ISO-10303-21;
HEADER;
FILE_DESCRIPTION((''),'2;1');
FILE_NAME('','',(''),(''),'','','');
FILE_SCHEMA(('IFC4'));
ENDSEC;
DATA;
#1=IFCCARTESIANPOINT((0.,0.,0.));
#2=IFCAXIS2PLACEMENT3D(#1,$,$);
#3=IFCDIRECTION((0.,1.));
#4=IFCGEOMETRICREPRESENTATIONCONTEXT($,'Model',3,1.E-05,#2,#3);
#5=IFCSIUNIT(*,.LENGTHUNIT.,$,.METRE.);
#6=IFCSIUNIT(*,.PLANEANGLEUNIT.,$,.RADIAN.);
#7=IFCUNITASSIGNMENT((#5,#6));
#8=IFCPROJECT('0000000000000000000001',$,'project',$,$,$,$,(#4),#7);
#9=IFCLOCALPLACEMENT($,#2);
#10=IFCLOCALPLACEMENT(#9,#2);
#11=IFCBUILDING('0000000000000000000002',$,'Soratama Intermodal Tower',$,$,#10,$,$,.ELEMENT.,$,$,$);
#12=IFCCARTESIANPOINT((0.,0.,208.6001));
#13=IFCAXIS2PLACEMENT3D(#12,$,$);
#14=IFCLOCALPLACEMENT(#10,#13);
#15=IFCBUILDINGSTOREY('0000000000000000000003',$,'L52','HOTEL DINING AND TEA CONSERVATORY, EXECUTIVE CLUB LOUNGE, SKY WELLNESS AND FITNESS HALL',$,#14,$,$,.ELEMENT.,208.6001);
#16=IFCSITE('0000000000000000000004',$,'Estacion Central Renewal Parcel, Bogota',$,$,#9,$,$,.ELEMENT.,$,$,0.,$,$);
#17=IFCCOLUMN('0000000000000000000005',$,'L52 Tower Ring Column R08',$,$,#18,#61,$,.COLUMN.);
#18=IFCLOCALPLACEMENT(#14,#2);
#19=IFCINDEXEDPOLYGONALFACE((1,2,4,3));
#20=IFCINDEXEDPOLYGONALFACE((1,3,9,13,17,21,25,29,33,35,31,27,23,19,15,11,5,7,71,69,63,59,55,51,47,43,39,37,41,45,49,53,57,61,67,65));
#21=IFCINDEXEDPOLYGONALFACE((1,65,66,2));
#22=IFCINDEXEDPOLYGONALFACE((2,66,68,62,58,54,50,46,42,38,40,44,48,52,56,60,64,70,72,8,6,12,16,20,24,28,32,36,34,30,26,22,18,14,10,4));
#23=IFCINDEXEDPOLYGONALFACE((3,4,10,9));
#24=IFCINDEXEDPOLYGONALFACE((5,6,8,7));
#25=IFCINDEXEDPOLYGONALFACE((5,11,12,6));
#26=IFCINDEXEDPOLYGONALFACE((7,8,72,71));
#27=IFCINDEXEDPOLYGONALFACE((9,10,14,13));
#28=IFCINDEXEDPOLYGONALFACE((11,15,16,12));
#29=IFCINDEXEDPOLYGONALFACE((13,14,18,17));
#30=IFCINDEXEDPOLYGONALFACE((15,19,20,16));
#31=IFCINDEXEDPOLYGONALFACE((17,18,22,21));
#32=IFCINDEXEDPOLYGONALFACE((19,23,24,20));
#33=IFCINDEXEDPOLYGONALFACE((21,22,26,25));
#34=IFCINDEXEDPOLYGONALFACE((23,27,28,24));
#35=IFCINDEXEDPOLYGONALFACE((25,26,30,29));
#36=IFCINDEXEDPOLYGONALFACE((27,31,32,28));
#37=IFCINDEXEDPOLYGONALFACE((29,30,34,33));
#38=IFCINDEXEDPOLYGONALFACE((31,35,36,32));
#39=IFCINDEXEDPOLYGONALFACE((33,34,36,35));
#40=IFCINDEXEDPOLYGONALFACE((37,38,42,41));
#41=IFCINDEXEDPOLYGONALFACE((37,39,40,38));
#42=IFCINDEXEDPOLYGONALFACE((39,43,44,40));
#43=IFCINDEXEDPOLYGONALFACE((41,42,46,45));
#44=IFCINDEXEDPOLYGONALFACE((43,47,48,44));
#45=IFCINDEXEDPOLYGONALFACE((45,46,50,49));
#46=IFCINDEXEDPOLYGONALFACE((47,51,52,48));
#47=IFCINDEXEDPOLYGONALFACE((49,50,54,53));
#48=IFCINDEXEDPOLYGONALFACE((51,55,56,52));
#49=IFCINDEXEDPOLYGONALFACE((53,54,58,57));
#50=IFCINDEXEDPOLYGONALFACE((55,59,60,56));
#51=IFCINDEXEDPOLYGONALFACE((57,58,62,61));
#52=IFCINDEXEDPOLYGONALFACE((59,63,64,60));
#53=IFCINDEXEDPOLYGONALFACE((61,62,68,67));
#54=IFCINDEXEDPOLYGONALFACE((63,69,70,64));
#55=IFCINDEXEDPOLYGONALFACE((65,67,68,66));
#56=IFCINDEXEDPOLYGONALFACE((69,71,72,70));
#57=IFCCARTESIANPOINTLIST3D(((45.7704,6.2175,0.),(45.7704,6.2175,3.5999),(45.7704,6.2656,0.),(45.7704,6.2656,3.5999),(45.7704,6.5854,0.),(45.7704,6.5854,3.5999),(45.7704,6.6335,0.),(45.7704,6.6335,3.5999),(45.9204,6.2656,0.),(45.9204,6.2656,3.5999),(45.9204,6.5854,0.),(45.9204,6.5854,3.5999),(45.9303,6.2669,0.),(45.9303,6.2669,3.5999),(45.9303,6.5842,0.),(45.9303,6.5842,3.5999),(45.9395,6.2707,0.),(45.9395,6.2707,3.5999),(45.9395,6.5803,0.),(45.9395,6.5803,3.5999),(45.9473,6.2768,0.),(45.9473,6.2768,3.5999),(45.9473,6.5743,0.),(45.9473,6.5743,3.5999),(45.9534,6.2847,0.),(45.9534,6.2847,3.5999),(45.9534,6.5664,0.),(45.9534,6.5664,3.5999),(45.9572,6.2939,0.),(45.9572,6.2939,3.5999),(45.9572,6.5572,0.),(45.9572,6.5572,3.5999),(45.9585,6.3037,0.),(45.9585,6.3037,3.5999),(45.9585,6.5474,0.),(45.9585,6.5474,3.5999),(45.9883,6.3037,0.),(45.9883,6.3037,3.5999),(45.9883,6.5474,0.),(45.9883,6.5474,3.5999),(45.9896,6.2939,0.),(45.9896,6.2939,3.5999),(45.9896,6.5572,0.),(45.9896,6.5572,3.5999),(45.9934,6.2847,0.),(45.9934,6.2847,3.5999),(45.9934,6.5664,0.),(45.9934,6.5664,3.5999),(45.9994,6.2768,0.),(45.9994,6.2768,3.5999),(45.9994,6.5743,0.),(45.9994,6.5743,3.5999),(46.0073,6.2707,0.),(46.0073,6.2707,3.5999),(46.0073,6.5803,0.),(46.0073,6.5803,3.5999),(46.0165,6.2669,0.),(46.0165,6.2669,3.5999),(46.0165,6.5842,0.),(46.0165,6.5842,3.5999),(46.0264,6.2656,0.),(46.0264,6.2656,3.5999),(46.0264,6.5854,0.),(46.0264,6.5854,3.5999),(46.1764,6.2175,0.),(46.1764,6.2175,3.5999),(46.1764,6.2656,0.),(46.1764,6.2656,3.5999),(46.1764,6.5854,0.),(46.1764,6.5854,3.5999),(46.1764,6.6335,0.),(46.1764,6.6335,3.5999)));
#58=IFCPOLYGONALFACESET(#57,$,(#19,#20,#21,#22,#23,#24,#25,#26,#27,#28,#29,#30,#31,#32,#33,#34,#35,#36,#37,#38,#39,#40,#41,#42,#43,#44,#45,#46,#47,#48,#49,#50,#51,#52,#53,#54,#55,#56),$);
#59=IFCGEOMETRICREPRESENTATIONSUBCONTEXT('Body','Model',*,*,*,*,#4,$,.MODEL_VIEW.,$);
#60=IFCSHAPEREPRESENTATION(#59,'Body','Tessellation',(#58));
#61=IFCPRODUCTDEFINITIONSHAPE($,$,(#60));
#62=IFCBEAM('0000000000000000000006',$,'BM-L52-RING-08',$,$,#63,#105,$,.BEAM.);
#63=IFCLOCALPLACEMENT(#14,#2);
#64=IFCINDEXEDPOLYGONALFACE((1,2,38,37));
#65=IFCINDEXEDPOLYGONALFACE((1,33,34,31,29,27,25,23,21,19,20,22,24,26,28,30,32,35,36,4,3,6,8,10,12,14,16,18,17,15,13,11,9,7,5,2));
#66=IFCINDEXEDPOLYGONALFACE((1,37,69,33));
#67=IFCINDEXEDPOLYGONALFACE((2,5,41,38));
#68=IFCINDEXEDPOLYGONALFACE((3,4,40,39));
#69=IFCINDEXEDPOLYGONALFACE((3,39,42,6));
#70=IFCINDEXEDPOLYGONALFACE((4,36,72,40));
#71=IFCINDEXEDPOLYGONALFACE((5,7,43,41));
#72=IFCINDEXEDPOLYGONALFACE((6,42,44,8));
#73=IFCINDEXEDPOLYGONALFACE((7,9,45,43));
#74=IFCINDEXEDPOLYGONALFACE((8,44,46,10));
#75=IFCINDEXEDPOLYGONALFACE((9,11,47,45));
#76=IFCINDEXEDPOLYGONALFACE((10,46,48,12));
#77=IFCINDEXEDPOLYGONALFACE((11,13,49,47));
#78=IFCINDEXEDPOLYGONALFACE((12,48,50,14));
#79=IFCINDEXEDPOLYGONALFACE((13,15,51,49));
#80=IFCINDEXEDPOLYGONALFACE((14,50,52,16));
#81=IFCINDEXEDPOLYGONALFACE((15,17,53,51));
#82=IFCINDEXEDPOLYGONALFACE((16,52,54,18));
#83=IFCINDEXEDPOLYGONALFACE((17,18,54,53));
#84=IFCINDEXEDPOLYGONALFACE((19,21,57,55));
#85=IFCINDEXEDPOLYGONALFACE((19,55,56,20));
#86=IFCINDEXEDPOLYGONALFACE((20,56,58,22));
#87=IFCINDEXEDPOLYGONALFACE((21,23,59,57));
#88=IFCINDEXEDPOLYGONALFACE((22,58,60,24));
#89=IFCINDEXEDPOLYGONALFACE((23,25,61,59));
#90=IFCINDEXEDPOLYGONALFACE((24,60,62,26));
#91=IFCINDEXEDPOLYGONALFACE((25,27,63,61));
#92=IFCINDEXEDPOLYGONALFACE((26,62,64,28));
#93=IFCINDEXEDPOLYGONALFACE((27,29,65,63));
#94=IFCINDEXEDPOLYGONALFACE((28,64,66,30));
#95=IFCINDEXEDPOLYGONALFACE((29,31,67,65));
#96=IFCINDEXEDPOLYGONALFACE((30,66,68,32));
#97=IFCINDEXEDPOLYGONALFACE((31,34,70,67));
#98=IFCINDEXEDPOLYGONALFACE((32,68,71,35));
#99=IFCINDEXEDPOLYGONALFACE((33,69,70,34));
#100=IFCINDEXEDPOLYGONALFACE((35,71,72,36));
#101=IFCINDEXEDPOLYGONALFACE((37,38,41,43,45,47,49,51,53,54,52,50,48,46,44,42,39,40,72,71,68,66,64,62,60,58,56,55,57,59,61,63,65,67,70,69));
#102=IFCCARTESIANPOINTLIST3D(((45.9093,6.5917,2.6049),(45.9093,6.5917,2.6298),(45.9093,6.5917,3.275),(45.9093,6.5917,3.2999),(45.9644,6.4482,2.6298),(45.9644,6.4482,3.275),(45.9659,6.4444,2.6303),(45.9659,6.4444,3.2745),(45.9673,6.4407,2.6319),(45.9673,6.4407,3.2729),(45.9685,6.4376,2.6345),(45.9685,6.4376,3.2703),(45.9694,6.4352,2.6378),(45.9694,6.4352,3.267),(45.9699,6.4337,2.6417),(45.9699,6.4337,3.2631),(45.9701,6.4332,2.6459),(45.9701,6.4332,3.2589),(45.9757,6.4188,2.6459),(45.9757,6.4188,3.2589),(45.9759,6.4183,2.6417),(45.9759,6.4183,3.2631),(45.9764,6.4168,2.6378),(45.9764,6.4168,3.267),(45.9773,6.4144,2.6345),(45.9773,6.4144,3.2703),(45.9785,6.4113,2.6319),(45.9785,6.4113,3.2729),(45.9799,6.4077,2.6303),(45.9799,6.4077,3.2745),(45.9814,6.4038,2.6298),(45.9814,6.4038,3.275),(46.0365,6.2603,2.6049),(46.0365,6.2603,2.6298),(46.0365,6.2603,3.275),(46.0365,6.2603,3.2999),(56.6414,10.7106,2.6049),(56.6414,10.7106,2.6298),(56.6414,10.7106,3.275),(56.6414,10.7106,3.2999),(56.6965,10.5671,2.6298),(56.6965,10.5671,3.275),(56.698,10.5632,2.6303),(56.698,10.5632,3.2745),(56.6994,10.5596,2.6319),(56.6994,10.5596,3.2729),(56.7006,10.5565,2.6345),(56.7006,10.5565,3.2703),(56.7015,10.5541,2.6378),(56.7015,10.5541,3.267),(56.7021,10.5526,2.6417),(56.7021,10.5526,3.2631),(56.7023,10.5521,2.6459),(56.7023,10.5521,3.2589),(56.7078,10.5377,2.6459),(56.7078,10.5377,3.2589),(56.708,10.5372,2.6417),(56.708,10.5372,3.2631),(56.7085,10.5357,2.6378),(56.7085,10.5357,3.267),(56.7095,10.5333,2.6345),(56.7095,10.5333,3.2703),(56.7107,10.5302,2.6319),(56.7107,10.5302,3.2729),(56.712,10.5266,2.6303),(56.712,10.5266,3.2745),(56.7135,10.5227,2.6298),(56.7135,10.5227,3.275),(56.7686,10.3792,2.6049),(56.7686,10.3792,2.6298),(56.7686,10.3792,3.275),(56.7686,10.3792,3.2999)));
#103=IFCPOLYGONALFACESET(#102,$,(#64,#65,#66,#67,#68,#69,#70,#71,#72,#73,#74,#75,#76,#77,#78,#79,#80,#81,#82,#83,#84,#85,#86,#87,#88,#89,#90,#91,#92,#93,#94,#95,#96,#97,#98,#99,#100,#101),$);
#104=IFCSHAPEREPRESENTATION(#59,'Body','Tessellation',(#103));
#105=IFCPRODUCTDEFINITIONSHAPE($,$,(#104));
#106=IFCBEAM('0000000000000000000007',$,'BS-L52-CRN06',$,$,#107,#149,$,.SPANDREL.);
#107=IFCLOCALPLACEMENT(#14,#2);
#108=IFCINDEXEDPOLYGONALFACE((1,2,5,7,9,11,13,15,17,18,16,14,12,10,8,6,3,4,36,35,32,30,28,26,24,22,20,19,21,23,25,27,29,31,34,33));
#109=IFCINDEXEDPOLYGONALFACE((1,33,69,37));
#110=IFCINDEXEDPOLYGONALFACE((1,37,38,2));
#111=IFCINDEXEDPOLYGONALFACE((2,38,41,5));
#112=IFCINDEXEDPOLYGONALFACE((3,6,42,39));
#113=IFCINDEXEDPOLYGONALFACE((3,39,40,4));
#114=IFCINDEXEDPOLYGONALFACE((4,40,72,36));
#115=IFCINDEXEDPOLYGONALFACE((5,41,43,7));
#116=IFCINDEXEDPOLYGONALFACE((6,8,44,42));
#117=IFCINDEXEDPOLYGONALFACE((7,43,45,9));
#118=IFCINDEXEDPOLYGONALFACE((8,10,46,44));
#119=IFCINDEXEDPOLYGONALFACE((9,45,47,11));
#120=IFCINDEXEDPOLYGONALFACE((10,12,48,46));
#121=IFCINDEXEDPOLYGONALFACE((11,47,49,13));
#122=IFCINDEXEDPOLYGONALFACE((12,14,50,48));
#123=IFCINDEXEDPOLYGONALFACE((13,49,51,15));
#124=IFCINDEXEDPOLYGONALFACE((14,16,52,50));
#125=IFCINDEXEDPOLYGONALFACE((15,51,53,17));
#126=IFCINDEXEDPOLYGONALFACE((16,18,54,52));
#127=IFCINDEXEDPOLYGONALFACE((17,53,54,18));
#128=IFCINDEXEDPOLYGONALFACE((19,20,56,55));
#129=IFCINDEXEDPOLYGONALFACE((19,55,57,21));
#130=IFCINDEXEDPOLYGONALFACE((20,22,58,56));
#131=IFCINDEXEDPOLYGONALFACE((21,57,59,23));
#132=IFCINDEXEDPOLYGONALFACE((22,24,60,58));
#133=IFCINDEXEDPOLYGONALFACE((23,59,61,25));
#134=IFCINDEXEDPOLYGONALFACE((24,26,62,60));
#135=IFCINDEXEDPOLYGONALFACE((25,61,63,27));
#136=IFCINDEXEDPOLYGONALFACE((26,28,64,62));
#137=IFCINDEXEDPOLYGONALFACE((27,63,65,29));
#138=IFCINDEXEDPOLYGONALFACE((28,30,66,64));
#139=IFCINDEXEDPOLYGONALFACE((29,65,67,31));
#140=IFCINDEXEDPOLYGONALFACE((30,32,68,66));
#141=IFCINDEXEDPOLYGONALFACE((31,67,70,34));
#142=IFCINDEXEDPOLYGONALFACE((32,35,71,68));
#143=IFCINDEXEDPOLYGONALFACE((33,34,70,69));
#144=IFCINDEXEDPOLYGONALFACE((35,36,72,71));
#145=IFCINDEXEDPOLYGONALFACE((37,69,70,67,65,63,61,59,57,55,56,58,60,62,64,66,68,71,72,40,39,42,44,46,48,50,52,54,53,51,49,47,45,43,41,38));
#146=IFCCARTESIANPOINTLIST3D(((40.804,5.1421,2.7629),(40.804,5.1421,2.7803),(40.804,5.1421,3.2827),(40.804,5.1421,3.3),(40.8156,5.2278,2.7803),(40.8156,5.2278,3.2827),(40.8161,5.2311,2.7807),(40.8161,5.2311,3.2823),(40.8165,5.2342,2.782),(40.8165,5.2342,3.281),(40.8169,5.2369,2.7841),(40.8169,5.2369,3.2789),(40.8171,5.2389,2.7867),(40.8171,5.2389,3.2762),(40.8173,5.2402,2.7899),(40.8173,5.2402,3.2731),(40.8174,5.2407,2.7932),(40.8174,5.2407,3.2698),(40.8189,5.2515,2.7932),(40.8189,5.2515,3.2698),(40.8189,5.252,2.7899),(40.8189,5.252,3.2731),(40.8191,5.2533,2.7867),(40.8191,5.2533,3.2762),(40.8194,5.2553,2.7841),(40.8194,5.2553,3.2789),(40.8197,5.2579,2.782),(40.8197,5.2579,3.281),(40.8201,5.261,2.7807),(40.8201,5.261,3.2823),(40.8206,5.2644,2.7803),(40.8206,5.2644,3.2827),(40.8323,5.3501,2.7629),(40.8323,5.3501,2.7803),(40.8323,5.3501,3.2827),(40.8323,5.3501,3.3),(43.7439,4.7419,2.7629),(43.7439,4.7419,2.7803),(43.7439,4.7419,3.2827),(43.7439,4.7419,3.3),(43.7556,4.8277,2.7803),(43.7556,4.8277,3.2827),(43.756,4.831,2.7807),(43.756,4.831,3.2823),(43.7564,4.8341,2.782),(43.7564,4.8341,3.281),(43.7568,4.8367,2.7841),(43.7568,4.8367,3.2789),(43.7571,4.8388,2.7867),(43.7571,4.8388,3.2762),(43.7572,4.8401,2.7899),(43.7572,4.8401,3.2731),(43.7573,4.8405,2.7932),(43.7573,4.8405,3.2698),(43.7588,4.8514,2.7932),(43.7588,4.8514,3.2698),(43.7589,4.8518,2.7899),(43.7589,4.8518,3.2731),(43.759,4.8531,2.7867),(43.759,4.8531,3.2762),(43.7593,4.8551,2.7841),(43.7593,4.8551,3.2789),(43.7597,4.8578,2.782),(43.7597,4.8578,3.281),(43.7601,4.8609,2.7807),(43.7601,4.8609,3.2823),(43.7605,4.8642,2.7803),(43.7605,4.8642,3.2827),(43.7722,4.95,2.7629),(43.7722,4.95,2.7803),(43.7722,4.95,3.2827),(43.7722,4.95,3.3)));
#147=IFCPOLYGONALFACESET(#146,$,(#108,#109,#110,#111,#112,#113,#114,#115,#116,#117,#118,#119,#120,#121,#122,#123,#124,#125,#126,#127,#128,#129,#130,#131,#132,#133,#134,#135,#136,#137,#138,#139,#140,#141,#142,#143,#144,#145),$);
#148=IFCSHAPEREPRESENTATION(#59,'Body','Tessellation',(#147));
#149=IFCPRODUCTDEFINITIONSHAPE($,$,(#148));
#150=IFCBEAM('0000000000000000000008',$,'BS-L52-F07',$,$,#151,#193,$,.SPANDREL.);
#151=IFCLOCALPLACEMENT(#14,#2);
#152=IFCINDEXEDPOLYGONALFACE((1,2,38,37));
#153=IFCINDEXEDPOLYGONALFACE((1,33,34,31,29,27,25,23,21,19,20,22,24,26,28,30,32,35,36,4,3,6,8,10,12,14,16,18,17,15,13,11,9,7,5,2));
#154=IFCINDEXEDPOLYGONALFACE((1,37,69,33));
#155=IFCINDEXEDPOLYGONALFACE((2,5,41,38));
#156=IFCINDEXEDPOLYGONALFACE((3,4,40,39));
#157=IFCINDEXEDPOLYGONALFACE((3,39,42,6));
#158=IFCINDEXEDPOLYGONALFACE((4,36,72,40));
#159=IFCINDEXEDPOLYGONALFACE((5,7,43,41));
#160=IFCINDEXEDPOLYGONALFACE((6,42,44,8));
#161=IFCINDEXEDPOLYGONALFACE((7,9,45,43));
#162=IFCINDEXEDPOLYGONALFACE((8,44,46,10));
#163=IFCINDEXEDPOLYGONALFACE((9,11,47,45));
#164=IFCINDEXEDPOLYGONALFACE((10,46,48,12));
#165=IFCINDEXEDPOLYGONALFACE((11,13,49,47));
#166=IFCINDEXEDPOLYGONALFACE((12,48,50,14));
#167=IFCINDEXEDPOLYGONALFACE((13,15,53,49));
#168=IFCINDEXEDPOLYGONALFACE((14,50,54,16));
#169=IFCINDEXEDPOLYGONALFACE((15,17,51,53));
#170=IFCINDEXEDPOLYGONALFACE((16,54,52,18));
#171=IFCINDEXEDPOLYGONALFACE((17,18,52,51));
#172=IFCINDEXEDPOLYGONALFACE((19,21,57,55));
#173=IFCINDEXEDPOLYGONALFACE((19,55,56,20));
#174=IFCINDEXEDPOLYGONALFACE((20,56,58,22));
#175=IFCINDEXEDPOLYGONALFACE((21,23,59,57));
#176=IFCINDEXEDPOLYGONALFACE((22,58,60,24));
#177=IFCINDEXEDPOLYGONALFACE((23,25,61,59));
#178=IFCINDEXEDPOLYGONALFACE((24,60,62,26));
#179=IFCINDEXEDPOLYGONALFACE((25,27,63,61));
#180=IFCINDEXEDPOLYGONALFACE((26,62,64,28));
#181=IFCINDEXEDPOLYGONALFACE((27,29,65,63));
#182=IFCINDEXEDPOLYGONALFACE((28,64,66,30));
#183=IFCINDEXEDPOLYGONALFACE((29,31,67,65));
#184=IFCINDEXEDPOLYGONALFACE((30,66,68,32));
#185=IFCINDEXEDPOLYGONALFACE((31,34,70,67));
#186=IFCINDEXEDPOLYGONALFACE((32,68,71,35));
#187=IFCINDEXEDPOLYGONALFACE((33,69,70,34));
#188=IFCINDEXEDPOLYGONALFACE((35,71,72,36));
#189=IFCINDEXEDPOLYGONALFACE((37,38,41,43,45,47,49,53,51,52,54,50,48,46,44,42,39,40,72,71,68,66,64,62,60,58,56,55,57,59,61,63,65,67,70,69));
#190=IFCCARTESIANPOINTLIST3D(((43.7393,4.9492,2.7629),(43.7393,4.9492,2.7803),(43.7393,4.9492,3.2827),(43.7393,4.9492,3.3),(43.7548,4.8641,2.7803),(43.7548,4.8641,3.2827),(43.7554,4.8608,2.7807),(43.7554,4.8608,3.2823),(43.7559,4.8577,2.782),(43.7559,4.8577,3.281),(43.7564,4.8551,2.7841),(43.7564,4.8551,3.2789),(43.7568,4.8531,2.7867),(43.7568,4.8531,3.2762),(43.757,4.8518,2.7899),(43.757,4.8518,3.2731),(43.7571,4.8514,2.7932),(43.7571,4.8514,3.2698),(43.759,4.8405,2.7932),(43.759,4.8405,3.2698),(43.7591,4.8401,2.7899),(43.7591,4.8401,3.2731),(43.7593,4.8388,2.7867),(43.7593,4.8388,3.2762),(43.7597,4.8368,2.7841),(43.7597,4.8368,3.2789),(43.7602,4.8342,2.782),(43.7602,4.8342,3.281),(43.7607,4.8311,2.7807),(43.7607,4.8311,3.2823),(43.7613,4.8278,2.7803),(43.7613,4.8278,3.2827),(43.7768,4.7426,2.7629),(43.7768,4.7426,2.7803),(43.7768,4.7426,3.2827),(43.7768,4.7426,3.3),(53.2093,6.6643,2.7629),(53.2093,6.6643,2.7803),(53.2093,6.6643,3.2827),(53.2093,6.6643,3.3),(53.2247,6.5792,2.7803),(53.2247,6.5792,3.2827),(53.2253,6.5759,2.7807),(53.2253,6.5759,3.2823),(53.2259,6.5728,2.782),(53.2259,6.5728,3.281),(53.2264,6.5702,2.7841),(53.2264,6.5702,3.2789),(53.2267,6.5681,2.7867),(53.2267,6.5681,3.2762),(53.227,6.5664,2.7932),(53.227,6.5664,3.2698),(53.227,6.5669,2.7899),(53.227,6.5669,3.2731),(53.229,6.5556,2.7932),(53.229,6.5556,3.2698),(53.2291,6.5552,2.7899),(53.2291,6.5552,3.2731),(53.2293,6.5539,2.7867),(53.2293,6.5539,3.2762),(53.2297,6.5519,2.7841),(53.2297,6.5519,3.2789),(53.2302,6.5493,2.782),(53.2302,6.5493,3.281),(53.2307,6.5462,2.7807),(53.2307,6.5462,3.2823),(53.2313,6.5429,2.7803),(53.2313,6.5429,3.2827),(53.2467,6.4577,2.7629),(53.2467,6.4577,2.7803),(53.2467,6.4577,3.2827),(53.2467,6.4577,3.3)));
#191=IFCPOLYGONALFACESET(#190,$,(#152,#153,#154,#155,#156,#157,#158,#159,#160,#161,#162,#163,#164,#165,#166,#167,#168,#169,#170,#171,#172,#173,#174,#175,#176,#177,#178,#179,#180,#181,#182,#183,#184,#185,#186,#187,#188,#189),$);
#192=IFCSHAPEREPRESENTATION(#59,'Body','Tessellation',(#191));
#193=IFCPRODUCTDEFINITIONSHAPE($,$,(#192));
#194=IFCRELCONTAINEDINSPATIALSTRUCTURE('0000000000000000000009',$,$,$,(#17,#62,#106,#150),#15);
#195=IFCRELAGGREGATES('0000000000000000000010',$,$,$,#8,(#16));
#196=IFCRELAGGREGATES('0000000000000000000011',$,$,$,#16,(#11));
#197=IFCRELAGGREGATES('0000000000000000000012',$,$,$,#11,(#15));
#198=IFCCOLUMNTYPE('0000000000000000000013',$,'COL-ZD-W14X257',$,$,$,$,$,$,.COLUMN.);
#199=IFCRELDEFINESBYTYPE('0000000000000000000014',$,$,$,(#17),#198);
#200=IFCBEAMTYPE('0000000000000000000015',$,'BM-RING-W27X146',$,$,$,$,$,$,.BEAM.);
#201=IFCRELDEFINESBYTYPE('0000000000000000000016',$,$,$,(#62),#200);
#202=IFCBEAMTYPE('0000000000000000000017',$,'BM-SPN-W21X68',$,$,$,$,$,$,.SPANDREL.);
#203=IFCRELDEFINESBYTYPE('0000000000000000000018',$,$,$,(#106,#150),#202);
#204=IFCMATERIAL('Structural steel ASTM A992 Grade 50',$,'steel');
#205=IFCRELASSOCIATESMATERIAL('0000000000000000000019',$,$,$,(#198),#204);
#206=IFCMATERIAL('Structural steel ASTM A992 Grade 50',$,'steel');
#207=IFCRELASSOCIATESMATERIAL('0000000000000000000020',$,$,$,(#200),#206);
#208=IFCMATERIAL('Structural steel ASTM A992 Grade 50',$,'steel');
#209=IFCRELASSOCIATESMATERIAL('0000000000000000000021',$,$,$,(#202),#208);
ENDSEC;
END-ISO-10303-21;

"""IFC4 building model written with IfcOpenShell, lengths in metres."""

from ifc_helpers import new_model, si_unit, direction, frame, origin, origin_2d, place, context, subcontext, project, spatial, i_section, extrude, material, material_profile, profile_set, type_object, element, save


model = new_model("IFC4")

# Units and contexts
model_context = context("Model", 3, precision=1e-05, world=origin(), true_north=direction((0.0, 1.0)))
body_context = subcontext(model_context, "Body", "Model", "MODEL_VIEW")
ifc_project = project(units=[si_unit("LENGTHUNIT", "METRE"), si_unit("PLANEANGLEUNIT", "RADIAN")], contexts=[model_context])

# Site, building, storey
site_placement = place(None, origin())
site = spatial("IfcSite", under=ifc_project, at=site_placement, Name="Estacion Central Renewal Parcel, Bogota", CompositionType="ELEMENT", RefElevation=0.0)
building_placement = place(site_placement, origin())
building = spatial("IfcBuilding", under=site, at=building_placement, Name="Soratama Intermodal Tower", CompositionType="ELEMENT")
storey_placement = place(building_placement, frame((0.0, 0.0, 208.6001)))
storey = spatial("IfcBuildingStorey", under=building, at=storey_placement, Name="L52", Description="HOTEL DINING AND TEA CONSERVATORY, EXECUTIVE CLUB LOUNGE, SKY WELLNESS AND FITNESS HALL", CompositionType="ELEMENT", Elevation=208.6001)

# Column
ifc_material_1 = material(Name="Structural steel ASTM A992 Grade 50", Category="steel")
ifc_material_profile_1 = material_profile(ifc_material_1, i_section(OverallWidth=0.406, OverallDepth=0.416, WebThickness=0.0298, FlangeThickness=0.0481, FilletRadius=0.0381, at=origin_2d()), Name="W14X257")
ifc_profile_set_1 = profile_set([ifc_material_profile_1], Name="Structural steel ASTM A992 Grade 50")
column_type = type_object("IfcColumnType", Name="COL-ZD-W14X257", PredefinedType="COLUMN", material=ifc_profile_set_1)
column_placement = place(storey_placement, frame((45.9734, 6.4255, 0.0), z_axis=(0.0, 0.0, 1.0), x_axis=(1.0, 0.0, 0.0)))
element("IfcColumn", 1, at=column_placement, inside=storey, type_object=column_type, Name="L52 Tower Ring Column R08", PredefinedType="COLUMN", context=body_context, shape_type="SweptSolid", body=[
    extrude(i_section(OverallWidth=0.406, OverallDepth=0.416, WebThickness=0.0298, FlangeThickness=0.0481, FilletRadius=0.0381, at=origin_2d()), origin(), (0.0, 0.0, 1.0), 3.5999),
])

# Beams
ifc_material_2 = material(Name="Structural steel ASTM A992 Grade 50", Category="steel")
ifc_material_profile_2 = material_profile(ifc_material_2, i_section(OverallWidth=0.355, OverallDepth=0.6951, WebThickness=0.0154, FlangeThickness=0.0249, FilletRadius=0.0161, at=origin_2d()), Name="W27X146")
ifc_profile_set_2 = profile_set([ifc_material_profile_2], Name="Structural steel ASTM A992 Grade 50")
beam_type_1 = type_object("IfcBeamType", Name="BM-RING-W27X146", PredefinedType="BEAM", material=ifc_profile_set_2)
beam_1_placement = place(storey_placement, frame((45.9729, 6.426, 2.9524), z_axis=(0.933604, 0.358307, 0.0), x_axis=(-0.358307, 0.933604, 0.0)))
element("IfcBeam", 2, at=beam_1_placement, inside=storey, type_object=beam_type_1, Name="BM-L52-RING-08", PredefinedType="BEAM", context=body_context, shape_type="SweptSolid", body=[
    extrude(i_section(OverallWidth=0.355, OverallDepth=0.6951, WebThickness=0.0154, FlangeThickness=0.0249, FilletRadius=0.0161, at=origin_2d()), origin(), (0.0, 0.0, 1.0), 11.4954),
])
ifc_material_3 = material(Name="Structural steel ASTM A992 Grade 50", Category="steel")
ifc_material_profile_3 = material_profile(ifc_material_3, i_section(OverallWidth=0.21, OverallDepth=0.5371, WebThickness=0.011, FlangeThickness=0.0173, FilletRadius=0.0129, at=origin_2d()), Name="W21X68")
ifc_profile_set_3 = profile_set([ifc_material_profile_3], Name="Structural steel ASTM A992 Grade 50")
beam_type_2 = type_object("IfcBeamType", Name="BM-SPN-W21X68", PredefinedType="SPANDREL", material=ifc_profile_set_3)
beam_2_placement = place(storey_placement, frame((40.8181, 5.2461, 3.0315), z_axis=(0.990864, -0.134864, 0.0), x_axis=(0.134864, 0.990864, 0.0)))
element("IfcBeam", 3, at=beam_2_placement, inside=storey, type_object=beam_type_2, Name="BS-L52-CRN06", PredefinedType="SPANDREL", context=body_context, shape_type="SweptSolid", body=[
    extrude(i_section(OverallWidth=0.21, OverallDepth=0.5371, WebThickness=0.011, FlangeThickness=0.0173, FilletRadius=0.0129, at=origin_2d()), origin(), (0.0, 0.0, 1.0), 2.967),
])
beam_3_placement = place(storey_placement, frame((43.7581, 4.8459, 3.0315), z_axis=(0.983993, 0.178209, 0.0), x_axis=(-0.178209, 0.983993, 0.0)))
element("IfcBeam", 4, at=beam_3_placement, inside=storey, type_object=beam_type_2, Name="BS-L52-F07", PredefinedType="SPANDREL", context=body_context, shape_type="SweptSolid", body=[
    extrude(i_section(OverallWidth=0.21, OverallDepth=0.5371, WebThickness=0.011, FlangeThickness=0.0173, FilletRadius=0.0129, at=origin_2d()), origin(), (0.0, 0.0, 1.0), 9.624),
])

save(model, "model.ifc")
